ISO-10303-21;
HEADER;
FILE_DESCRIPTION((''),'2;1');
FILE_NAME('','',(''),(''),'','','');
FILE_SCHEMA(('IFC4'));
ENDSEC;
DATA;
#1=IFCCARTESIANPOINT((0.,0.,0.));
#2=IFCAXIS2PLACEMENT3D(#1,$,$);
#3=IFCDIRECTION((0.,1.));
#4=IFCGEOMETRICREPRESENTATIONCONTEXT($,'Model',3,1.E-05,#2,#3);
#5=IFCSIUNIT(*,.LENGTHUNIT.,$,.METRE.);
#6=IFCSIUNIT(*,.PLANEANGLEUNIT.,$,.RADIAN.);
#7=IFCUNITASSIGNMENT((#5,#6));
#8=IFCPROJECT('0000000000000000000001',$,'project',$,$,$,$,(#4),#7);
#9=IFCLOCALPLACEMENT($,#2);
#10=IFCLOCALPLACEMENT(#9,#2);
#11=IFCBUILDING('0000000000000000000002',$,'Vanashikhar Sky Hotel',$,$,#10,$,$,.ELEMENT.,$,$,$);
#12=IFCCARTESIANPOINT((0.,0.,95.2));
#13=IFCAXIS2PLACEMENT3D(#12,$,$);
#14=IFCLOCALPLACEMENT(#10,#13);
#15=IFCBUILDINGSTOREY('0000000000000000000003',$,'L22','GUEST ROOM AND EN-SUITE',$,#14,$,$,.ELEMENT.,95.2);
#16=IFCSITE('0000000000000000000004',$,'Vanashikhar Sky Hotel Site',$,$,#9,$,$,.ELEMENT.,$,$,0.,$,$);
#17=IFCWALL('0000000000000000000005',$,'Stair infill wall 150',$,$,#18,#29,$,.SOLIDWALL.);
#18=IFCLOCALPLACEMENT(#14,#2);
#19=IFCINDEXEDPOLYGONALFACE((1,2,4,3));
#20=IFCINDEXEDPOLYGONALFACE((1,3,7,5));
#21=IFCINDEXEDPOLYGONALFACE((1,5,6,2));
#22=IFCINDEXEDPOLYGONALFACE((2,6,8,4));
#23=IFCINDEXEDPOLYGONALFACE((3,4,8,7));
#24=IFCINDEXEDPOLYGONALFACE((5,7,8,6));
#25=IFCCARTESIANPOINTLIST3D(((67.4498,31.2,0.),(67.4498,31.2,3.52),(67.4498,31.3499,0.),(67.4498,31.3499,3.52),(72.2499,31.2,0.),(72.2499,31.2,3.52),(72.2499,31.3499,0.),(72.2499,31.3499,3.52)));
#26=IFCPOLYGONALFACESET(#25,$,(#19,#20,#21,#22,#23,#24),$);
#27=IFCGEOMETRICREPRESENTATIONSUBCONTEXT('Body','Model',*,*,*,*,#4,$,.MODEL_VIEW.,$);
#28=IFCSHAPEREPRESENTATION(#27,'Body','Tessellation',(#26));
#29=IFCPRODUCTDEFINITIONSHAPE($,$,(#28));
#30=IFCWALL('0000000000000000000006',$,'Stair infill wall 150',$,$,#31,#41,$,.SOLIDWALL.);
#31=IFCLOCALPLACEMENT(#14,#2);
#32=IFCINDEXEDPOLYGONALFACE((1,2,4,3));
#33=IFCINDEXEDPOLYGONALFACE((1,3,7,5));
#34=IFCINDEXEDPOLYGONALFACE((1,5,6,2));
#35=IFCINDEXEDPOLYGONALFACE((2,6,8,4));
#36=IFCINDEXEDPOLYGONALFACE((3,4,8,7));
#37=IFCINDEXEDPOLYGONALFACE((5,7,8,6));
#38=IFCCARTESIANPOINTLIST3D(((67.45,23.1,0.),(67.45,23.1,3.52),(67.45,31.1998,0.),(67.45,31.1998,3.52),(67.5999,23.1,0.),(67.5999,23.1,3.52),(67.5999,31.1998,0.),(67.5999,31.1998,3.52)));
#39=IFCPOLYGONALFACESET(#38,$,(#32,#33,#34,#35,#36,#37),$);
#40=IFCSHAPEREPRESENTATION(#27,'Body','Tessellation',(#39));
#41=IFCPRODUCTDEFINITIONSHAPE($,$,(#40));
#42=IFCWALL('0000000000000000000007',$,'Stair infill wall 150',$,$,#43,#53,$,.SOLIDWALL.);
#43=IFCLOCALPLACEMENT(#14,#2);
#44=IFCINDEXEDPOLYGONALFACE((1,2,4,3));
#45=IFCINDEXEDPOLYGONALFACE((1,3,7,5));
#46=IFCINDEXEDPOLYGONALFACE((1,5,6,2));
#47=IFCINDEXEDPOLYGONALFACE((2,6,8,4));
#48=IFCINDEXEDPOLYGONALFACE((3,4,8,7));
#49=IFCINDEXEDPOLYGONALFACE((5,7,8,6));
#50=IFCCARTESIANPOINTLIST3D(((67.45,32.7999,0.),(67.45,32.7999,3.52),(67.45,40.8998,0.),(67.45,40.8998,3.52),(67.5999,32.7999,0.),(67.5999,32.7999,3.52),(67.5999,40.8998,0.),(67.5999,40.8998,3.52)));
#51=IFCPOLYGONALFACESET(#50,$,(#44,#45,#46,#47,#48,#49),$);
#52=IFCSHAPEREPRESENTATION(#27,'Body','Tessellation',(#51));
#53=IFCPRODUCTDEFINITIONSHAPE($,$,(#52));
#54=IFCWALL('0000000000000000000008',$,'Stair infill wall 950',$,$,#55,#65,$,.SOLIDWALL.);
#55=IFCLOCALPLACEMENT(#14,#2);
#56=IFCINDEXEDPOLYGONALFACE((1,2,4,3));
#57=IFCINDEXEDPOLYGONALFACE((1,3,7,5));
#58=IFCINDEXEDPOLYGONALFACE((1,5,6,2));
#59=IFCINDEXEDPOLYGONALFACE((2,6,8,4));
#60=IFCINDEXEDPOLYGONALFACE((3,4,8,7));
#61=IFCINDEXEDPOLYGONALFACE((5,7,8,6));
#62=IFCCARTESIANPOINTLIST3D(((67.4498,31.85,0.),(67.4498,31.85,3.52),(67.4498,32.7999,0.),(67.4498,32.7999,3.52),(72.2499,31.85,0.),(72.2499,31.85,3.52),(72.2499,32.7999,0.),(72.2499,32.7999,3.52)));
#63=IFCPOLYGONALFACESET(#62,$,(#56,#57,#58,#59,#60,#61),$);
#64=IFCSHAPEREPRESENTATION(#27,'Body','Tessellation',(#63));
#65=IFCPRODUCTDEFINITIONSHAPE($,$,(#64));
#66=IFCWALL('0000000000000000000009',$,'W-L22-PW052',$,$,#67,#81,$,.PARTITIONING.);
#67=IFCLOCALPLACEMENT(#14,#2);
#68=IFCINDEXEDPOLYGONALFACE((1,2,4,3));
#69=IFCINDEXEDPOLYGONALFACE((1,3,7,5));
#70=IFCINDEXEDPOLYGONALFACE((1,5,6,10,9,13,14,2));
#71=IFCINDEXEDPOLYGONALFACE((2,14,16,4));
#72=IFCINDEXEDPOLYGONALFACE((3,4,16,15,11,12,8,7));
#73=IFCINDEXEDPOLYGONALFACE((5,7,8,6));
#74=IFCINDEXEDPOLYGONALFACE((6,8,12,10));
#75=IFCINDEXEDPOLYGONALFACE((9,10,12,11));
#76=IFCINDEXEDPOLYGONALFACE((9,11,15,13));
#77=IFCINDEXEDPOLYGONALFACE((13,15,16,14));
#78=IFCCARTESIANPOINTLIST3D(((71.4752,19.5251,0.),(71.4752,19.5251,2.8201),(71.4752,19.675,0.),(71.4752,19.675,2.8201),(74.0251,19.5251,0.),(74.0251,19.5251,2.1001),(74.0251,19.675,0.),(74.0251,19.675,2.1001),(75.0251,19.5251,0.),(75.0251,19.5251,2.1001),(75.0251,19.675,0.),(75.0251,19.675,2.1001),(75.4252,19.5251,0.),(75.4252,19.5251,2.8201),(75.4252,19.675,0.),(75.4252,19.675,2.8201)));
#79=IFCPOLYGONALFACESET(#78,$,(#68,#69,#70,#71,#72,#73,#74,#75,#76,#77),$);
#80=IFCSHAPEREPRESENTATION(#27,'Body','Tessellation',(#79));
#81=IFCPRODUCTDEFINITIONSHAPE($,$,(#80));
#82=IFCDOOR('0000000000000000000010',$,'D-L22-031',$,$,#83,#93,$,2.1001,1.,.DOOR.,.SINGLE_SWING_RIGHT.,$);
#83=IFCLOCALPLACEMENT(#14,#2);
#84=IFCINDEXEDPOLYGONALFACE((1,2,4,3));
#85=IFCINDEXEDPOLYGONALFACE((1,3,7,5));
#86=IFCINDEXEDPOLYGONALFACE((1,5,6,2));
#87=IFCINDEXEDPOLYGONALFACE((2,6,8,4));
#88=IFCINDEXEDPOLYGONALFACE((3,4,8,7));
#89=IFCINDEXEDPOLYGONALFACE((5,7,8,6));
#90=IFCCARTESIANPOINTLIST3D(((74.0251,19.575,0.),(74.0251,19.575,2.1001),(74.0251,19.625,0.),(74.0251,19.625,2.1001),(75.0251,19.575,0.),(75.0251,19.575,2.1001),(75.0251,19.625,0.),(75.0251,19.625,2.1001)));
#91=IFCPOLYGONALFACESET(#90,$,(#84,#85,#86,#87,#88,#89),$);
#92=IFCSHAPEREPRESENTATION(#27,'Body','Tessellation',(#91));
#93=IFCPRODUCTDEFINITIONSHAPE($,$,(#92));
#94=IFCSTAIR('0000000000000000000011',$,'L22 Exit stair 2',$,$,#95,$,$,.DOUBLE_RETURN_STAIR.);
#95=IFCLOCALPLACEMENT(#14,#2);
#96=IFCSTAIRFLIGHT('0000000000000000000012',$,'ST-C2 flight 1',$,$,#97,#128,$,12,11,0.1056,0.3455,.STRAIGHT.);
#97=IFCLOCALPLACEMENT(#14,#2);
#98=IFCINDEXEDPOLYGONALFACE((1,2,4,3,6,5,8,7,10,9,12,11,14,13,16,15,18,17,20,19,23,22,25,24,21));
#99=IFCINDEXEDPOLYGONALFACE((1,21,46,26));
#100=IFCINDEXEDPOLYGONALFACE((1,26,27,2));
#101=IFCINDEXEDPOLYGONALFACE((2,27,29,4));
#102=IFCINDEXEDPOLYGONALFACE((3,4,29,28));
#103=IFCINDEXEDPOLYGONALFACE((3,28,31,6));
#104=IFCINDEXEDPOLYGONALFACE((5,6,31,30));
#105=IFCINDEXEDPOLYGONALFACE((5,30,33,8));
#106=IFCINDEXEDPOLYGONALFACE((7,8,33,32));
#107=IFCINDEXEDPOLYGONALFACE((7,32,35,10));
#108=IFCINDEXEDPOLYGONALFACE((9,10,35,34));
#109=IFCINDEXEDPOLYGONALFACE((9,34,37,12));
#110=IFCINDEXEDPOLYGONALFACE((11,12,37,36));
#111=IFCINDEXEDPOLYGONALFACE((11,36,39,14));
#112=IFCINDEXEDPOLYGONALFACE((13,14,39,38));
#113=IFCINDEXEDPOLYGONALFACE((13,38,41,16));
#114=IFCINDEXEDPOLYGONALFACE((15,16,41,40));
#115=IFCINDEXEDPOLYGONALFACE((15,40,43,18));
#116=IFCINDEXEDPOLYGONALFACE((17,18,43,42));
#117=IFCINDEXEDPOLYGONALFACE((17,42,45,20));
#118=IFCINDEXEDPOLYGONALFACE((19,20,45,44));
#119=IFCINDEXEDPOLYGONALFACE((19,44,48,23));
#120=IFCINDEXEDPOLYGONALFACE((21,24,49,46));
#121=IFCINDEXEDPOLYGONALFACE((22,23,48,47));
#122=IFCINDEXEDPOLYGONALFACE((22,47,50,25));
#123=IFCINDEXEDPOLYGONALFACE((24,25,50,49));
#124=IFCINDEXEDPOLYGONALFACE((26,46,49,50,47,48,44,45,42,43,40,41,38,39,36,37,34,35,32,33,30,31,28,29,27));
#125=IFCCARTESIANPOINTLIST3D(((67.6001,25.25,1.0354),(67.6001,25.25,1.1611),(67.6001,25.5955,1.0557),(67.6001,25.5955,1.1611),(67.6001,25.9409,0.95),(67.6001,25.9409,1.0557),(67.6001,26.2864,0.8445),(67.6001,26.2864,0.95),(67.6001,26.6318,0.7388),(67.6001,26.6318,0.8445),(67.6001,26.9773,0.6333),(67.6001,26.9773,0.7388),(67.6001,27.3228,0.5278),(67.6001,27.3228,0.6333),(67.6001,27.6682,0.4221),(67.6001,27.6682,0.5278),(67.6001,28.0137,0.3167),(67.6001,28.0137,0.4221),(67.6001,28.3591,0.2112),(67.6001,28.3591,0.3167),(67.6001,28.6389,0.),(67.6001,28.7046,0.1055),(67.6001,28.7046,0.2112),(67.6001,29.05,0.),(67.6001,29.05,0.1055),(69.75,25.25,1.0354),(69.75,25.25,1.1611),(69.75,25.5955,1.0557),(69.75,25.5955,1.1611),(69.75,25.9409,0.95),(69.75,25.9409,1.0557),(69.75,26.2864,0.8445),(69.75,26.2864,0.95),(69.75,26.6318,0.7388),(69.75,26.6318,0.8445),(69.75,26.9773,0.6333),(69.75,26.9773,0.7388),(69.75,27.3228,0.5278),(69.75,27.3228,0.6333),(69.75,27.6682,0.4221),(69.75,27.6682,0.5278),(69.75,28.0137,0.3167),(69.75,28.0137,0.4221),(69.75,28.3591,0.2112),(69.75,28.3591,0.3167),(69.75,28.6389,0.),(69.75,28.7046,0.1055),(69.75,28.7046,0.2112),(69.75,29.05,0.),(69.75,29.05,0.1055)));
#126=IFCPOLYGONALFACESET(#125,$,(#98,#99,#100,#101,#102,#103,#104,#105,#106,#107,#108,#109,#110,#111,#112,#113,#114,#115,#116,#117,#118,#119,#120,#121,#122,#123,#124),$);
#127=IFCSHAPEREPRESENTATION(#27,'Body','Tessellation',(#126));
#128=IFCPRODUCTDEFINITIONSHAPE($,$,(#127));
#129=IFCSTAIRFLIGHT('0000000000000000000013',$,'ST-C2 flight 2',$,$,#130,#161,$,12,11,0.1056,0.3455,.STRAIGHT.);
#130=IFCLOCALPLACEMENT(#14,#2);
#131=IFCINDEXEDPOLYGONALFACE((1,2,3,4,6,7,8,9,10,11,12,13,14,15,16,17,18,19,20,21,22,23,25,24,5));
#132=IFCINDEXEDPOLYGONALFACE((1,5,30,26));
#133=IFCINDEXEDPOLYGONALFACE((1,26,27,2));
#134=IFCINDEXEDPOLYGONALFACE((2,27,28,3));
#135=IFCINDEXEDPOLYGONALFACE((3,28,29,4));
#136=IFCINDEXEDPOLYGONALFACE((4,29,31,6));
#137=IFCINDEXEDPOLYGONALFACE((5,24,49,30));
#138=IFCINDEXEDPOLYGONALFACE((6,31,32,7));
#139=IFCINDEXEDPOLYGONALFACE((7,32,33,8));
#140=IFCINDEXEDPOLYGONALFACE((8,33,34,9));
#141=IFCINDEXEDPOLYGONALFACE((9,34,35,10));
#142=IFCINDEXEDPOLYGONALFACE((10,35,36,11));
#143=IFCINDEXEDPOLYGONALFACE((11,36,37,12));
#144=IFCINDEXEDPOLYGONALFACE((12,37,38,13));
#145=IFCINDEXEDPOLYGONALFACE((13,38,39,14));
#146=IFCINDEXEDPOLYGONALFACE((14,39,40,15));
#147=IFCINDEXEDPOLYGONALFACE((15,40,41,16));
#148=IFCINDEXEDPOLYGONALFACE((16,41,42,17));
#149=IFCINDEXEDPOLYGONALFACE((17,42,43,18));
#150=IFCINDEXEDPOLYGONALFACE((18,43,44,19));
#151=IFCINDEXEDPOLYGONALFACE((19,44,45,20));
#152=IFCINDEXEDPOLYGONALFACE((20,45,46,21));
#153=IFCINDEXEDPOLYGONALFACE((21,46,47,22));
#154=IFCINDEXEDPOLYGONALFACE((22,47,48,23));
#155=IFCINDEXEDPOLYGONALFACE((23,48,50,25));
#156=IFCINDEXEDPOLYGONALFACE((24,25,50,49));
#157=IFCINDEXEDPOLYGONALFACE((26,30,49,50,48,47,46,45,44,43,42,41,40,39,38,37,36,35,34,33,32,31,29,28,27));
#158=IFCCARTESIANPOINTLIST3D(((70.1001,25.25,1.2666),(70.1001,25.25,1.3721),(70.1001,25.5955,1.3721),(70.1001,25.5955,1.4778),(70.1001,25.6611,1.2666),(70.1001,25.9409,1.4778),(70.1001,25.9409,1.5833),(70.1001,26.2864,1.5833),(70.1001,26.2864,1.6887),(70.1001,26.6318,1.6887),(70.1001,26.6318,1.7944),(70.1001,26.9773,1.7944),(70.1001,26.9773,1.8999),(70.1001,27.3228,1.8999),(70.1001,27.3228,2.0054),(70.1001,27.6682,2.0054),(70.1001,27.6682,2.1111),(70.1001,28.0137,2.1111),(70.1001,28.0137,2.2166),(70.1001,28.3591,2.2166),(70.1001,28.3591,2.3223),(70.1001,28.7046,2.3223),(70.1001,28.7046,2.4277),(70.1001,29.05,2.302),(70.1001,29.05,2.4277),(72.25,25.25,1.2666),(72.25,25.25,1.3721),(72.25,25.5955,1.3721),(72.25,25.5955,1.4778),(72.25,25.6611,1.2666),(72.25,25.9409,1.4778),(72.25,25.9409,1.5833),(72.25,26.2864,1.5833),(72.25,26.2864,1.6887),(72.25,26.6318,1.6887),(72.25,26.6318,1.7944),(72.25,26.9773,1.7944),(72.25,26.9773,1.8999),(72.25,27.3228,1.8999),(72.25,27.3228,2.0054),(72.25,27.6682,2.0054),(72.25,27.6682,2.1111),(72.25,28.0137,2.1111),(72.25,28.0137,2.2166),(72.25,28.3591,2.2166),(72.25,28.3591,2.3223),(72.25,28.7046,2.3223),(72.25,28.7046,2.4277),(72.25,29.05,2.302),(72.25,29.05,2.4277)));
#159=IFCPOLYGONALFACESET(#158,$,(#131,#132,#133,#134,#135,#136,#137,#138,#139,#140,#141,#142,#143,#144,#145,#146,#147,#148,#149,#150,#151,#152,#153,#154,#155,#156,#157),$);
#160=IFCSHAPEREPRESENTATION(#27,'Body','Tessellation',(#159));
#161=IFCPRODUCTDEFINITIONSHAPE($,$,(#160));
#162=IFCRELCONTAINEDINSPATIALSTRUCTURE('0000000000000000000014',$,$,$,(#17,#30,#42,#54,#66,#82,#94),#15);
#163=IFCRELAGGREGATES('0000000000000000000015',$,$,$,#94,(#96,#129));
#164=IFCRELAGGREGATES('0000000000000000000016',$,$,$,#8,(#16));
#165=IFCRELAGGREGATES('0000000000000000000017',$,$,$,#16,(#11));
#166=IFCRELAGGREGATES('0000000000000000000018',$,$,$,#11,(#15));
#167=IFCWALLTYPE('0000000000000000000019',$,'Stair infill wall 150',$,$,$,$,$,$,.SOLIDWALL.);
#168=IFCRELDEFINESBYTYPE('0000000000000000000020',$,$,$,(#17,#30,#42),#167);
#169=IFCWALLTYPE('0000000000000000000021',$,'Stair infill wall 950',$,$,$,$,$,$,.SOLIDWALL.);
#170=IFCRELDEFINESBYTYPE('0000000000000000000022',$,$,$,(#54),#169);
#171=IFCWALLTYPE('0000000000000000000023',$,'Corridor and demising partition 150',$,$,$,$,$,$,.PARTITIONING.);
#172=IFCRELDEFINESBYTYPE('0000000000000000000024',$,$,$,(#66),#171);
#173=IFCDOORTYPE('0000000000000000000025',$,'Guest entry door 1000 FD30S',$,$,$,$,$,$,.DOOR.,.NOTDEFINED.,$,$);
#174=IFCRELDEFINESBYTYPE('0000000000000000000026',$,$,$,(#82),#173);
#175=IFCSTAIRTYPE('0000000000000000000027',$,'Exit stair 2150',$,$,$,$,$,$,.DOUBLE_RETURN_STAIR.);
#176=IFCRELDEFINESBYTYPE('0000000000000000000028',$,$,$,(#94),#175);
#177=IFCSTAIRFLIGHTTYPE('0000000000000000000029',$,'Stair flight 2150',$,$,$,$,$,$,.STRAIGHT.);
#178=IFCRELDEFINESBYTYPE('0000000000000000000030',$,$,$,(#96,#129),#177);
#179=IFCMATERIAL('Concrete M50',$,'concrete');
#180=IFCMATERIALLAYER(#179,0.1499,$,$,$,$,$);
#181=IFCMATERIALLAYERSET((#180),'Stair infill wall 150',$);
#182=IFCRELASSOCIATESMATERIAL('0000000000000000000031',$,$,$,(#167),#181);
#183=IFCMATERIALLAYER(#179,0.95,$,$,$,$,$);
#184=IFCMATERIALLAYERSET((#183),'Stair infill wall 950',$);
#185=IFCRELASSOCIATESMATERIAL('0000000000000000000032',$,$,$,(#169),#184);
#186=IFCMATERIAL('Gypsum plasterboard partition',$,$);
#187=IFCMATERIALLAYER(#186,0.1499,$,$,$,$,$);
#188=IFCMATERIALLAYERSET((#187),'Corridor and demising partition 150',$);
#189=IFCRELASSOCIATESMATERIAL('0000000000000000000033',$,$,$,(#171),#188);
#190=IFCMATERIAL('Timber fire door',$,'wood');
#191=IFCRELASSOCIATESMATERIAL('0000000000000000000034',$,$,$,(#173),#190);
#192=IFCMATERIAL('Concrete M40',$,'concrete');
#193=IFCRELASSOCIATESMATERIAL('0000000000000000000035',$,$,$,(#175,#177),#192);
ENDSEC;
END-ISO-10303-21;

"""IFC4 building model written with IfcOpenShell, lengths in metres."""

from ifc_helpers import new_model, si_unit, direction, frame, frame_2d, origin, place, context, subcontext, project, spatial, polyline, rectangle, outline, extrude, source, transform, mapped, material, layer, layer_set, type_object, element, fill, aggregate, save


model = new_model("IFC4")

# Units and contexts
model_context = context("Model", 3, precision=1e-05, world=origin(), true_north=direction((0.0, 1.0)))
body_context = subcontext(model_context, "Body", "Model", "MODEL_VIEW")
ifc_project = project(units=[si_unit("LENGTHUNIT", "METRE"), si_unit("PLANEANGLEUNIT", "RADIAN")], contexts=[model_context])

# Site, building, storey
site_placement = place(None, origin())
site = spatial("IfcSite", under=ifc_project, at=site_placement, Name="Vanashikhar Sky Hotel Site", CompositionType="ELEMENT", RefElevation=0.0)
building_placement = place(site_placement, origin())
building = spatial("IfcBuilding", under=site, at=building_placement, Name="Vanashikhar Sky Hotel", CompositionType="ELEMENT")
storey_placement = place(building_placement, frame((0.0, 0.0, 95.2)))
storey = spatial("IfcBuildingStorey", under=building, at=storey_placement, Name="L22", Description="GUEST ROOM AND EN-SUITE", CompositionType="ELEMENT", Elevation=95.2)

# Shared definitions
ifc_material_1 = material(Name="Concrete M50", Category="concrete")

# Shared definitions
ifc_material_2 = material(Name="Concrete M40", Category="concrete")

# Walls
ifc_layer_1 = layer(ifc_material_1, 0.1499)
ifc_layer_set_1 = layer_set([ifc_layer_1], Name="Stair infill wall 150")
wall_type_1 = type_object("IfcWallType", Name="Stair infill wall 150", PredefinedType="SOLIDWALL", material=ifc_layer_set_1)
shared_shape_1 = source(origin(), body_context, "Body", "SweptSolid", [
    extrude(rectangle(XDim=4.8, YDim=0.1499, at=frame_2d((2.3999, 0.0))), origin(), (0.0, 0.0, 1.0), 3.52),
])
wall_1_placement = place(storey_placement, frame((67.45, 31.2749, 0.0), z_axis=(0.0, 0.0, 1.0), x_axis=(1.0, 0.0, 0.0)))
element("IfcWall", 1, at=wall_1_placement, inside=storey, type_object=wall_type_1, Name="Stair infill wall 150", PredefinedType="SOLIDWALL", context=body_context, shape_type="MappedRepresentation", body=[
    mapped(shared_shape_1, transform((0.0, 0.0, 0.0), scale=1.0)),
])
shared_shape_2 = source(origin(), body_context, "Body", "SweptSolid", [
    extrude(rectangle(XDim=8.0999, YDim=0.1499, at=frame_2d((4.0498, 0.0))), origin(), (0.0, 0.0, 1.0), 3.52),
])
for number, where, z_axis, x_axis, name in (
    (2, (67.5249, 23.1001, 0.0), (0.0, 0.0, 1.0), (0.0, 1.0, 0.0), "Stair infill wall 150"),
    (3, (67.5249, 32.8, 0.0), (0.0, 0.0, 1.0), (0.0, 1.0, 0.0), "Stair infill wall 150"),
):
    element("IfcWall", number, at=place(storey_placement, frame(where, z_axis=z_axis, x_axis=x_axis)), inside=storey, type_object=wall_type_1, Name=name, PredefinedType="SOLIDWALL", context=body_context, shape_type="MappedRepresentation", body=[
        mapped(shared_shape_2, transform((0.0, 0.0, 0.0), scale=1.0)),
    ])
ifc_layer_2 = layer(ifc_material_1, 0.95)
ifc_layer_set_2 = layer_set([ifc_layer_2], Name="Stair infill wall 950")
wall_type_2 = type_object("IfcWallType", Name="Stair infill wall 950", PredefinedType="SOLIDWALL", material=ifc_layer_set_2)
shared_shape_3 = source(origin(), body_context, "Body", "SweptSolid", [
    extrude(rectangle(XDim=4.8, YDim=0.95, at=frame_2d((2.3999, 0.0))), origin(), (0.0, 0.0, 1.0), 3.52),
])
wall_2_placement = place(storey_placement, frame((67.45, 32.325, 0.0), z_axis=(0.0, 0.0, 1.0), x_axis=(1.0, 0.0, 0.0)))
element("IfcWall", 4, at=wall_2_placement, inside=storey, type_object=wall_type_2, Name="Stair infill wall 950", PredefinedType="SOLIDWALL", context=body_context, shape_type="MappedRepresentation", body=[
    mapped(shared_shape_3, transform((0.0, 0.0, 0.0), scale=1.0)),
])

# Wall, opening, door
ifc_material_3 = material(Name="Gypsum plasterboard partition")
ifc_layer_3 = layer(ifc_material_3, 0.1499)
ifc_layer_set_3 = layer_set([ifc_layer_3], Name="Corridor and demising partition 150")
wall_type_3 = type_object("IfcWallType", Name="Corridor and demising partition 150", PredefinedType="PARTITIONING", material=ifc_layer_set_3)
shared_shape_4 = source(origin(), body_context, "Body", "SweptSolid", [
    extrude(rectangle(XDim=3.95, YDim=0.1499, at=frame_2d((1.9751, 0.0))), origin(), (0.0, 0.0, 1.0), 2.8201),
])
wall_3_placement = place(storey_placement, frame((71.4751, 19.6001, 0.0), z_axis=(0.0, 0.0, 1.0), x_axis=(1.0, 0.0, 0.0)))
wall_3 = element("IfcWall", 5, at=wall_3_placement, inside=storey, type_object=wall_type_3, Name="W-L22-PW052", PredefinedType="PARTITIONING", context=body_context, shape_type="MappedRepresentation", body=[
    mapped(shared_shape_4, transform((0.0, 0.0, 0.0), scale=1.0)),
])
shared_shape_5 = source(origin(), body_context, "Body", "SweptSolid", [
    extrude(rectangle(XDim=1.0, YDim=2.1001, at=frame_2d((0.5, 1.05))), frame((0.0, 0.085, 0.0), z_axis=(0.0, -1.0, 0.0), x_axis=(1.0, 0.0, 0.0)), (0.0, 0.0, 1.0), 0.1699),
])
opening_1_placement = place(wall_3_placement, frame((2.55, 0.0, 0.0)))
opening_1 = element("IfcOpeningElement", 6, at=opening_1_placement, cuts=wall_3, PredefinedType="OPENING", context=body_context, shape_type="MappedRepresentation", body=[
    mapped(shared_shape_5, transform((0.0, 0.0, 0.0), scale=1.0)),
])
ifc_material_4 = material(Name="Timber fire door", Category="wood")
door_type_1 = type_object("IfcDoorType", Name="Guest entry door 1000 FD30S", OperationType="NOTDEFINED", PredefinedType="DOOR", material=ifc_material_4)
shared_shape_6 = source(origin(), body_context, "Body", "SweptSolid", [
    extrude(rectangle(XDim=1.0, YDim=2.1001, at=frame_2d((0.5, 1.05))), frame((0.0, 0.0249, 0.0), z_axis=(0.0, -1.0, 0.0), x_axis=(1.0, 0.0, 0.0)), (0.0, 0.0, 1.0), 0.05),
])
door_1_placement = place(opening_1_placement, origin())
door_1 = element("IfcDoor", 7, at=door_1_placement, inside=storey, type_object=door_type_1, Name="D-L22-031", OperationType="SINGLE_SWING_RIGHT", OverallHeight=2.1001, OverallWidth=1.0, PredefinedType="DOOR", context=body_context, shape_type="MappedRepresentation", body=[
    mapped(shared_shape_6, transform((0.0, 0.0, 0.0), scale=1.0)),
])
fill(opening_1, door_1)

# Stair, stair flights
stair_type = type_object("IfcStairType", Name="Exit stair 2150", PredefinedType="DOUBLE_RETURN_STAIR", material=ifc_material_2)
stair_1_placement = place(storey_placement, origin())
stair_1 = element("IfcStair", 8, at=stair_1_placement, inside=storey, type_object=stair_type, Name="L22 Exit stair 2", PredefinedType="DOUBLE_RETURN_STAIR")
stair_flight_type = type_object("IfcStairFlightType", Name="Stair flight 2150", PredefinedType="STRAIGHT", material=ifc_material_2)
shared_shape_7 = source(origin(), body_context, "Body", "SweptSolid", [
    extrude(outline(polyline([(0.0, 0.0), (0.0, 0.1055), (0.3455, 0.1055), (0.3455, 0.2112), (0.6909, 0.2112), (0.6909, 0.3167), (1.0364, 0.3167), (1.0364, 0.4221), (1.3818, 0.4221), (1.3818, 0.5278), (1.7273, 0.5278), (1.7273, 0.6333), (2.0728, 0.6333), (2.0728, 0.7388), (2.4182, 0.7388), (2.4182, 0.8445), (2.7637, 0.8445), (2.7637, 0.95), (3.1091, 0.95), (3.1091, 1.0557), (3.4546, 1.0557), (3.4546, 1.1611), (3.8, 1.1611), (3.8, 1.2666), (3.8, 1.0354), (0.4111, 0.0), (0.0, 0.0)])), frame((0.0, 1.075, 0.0), z_axis=(0.0, -1.0, 0.0), x_axis=(1.0, 0.0, 0.0)), (0.0, 0.0, 1.0), 2.1499),
])
stair_flight_1_placement = place(storey_placement, frame((68.675, 29.05, 0.0), z_axis=(0.0, 0.0, 1.0), x_axis=(0.0, -1.0, 0.0)))
stair_flight_1 = element("IfcStairFlight", 9, at=stair_flight_1_placement, type_object=stair_flight_type, Name="ST-C2 flight 1", NumberOfRisers=12, NumberOfTreads=11, PredefinedType="STRAIGHT", RiserHeight=0.1056, TreadLength=0.3455, context=body_context, shape_type="MappedRepresentation", body=[
    mapped(shared_shape_7, transform((0.0, 0.0, 0.0), scale=1.0)),
])
stair_flight_2_placement = place(storey_placement, frame((71.175, 25.25, 1.2666), z_axis=(0.0, 0.0, 1.0), x_axis=(0.0, 1.0, 0.0)))
stair_flight_2 = element("IfcStairFlight", 10, at=stair_flight_2_placement, type_object=stair_flight_type, Name="ST-C2 flight 2", NumberOfRisers=12, NumberOfTreads=11, PredefinedType="STRAIGHT", RiserHeight=0.1056, TreadLength=0.3455, context=body_context, shape_type="MappedRepresentation", body=[
    mapped(shared_shape_7, transform((0.0, 0.0, 0.0), scale=1.0)),
])
aggregate(stair_1, [stair_flight_1, stair_flight_2])

save(model, "model.ifc")
